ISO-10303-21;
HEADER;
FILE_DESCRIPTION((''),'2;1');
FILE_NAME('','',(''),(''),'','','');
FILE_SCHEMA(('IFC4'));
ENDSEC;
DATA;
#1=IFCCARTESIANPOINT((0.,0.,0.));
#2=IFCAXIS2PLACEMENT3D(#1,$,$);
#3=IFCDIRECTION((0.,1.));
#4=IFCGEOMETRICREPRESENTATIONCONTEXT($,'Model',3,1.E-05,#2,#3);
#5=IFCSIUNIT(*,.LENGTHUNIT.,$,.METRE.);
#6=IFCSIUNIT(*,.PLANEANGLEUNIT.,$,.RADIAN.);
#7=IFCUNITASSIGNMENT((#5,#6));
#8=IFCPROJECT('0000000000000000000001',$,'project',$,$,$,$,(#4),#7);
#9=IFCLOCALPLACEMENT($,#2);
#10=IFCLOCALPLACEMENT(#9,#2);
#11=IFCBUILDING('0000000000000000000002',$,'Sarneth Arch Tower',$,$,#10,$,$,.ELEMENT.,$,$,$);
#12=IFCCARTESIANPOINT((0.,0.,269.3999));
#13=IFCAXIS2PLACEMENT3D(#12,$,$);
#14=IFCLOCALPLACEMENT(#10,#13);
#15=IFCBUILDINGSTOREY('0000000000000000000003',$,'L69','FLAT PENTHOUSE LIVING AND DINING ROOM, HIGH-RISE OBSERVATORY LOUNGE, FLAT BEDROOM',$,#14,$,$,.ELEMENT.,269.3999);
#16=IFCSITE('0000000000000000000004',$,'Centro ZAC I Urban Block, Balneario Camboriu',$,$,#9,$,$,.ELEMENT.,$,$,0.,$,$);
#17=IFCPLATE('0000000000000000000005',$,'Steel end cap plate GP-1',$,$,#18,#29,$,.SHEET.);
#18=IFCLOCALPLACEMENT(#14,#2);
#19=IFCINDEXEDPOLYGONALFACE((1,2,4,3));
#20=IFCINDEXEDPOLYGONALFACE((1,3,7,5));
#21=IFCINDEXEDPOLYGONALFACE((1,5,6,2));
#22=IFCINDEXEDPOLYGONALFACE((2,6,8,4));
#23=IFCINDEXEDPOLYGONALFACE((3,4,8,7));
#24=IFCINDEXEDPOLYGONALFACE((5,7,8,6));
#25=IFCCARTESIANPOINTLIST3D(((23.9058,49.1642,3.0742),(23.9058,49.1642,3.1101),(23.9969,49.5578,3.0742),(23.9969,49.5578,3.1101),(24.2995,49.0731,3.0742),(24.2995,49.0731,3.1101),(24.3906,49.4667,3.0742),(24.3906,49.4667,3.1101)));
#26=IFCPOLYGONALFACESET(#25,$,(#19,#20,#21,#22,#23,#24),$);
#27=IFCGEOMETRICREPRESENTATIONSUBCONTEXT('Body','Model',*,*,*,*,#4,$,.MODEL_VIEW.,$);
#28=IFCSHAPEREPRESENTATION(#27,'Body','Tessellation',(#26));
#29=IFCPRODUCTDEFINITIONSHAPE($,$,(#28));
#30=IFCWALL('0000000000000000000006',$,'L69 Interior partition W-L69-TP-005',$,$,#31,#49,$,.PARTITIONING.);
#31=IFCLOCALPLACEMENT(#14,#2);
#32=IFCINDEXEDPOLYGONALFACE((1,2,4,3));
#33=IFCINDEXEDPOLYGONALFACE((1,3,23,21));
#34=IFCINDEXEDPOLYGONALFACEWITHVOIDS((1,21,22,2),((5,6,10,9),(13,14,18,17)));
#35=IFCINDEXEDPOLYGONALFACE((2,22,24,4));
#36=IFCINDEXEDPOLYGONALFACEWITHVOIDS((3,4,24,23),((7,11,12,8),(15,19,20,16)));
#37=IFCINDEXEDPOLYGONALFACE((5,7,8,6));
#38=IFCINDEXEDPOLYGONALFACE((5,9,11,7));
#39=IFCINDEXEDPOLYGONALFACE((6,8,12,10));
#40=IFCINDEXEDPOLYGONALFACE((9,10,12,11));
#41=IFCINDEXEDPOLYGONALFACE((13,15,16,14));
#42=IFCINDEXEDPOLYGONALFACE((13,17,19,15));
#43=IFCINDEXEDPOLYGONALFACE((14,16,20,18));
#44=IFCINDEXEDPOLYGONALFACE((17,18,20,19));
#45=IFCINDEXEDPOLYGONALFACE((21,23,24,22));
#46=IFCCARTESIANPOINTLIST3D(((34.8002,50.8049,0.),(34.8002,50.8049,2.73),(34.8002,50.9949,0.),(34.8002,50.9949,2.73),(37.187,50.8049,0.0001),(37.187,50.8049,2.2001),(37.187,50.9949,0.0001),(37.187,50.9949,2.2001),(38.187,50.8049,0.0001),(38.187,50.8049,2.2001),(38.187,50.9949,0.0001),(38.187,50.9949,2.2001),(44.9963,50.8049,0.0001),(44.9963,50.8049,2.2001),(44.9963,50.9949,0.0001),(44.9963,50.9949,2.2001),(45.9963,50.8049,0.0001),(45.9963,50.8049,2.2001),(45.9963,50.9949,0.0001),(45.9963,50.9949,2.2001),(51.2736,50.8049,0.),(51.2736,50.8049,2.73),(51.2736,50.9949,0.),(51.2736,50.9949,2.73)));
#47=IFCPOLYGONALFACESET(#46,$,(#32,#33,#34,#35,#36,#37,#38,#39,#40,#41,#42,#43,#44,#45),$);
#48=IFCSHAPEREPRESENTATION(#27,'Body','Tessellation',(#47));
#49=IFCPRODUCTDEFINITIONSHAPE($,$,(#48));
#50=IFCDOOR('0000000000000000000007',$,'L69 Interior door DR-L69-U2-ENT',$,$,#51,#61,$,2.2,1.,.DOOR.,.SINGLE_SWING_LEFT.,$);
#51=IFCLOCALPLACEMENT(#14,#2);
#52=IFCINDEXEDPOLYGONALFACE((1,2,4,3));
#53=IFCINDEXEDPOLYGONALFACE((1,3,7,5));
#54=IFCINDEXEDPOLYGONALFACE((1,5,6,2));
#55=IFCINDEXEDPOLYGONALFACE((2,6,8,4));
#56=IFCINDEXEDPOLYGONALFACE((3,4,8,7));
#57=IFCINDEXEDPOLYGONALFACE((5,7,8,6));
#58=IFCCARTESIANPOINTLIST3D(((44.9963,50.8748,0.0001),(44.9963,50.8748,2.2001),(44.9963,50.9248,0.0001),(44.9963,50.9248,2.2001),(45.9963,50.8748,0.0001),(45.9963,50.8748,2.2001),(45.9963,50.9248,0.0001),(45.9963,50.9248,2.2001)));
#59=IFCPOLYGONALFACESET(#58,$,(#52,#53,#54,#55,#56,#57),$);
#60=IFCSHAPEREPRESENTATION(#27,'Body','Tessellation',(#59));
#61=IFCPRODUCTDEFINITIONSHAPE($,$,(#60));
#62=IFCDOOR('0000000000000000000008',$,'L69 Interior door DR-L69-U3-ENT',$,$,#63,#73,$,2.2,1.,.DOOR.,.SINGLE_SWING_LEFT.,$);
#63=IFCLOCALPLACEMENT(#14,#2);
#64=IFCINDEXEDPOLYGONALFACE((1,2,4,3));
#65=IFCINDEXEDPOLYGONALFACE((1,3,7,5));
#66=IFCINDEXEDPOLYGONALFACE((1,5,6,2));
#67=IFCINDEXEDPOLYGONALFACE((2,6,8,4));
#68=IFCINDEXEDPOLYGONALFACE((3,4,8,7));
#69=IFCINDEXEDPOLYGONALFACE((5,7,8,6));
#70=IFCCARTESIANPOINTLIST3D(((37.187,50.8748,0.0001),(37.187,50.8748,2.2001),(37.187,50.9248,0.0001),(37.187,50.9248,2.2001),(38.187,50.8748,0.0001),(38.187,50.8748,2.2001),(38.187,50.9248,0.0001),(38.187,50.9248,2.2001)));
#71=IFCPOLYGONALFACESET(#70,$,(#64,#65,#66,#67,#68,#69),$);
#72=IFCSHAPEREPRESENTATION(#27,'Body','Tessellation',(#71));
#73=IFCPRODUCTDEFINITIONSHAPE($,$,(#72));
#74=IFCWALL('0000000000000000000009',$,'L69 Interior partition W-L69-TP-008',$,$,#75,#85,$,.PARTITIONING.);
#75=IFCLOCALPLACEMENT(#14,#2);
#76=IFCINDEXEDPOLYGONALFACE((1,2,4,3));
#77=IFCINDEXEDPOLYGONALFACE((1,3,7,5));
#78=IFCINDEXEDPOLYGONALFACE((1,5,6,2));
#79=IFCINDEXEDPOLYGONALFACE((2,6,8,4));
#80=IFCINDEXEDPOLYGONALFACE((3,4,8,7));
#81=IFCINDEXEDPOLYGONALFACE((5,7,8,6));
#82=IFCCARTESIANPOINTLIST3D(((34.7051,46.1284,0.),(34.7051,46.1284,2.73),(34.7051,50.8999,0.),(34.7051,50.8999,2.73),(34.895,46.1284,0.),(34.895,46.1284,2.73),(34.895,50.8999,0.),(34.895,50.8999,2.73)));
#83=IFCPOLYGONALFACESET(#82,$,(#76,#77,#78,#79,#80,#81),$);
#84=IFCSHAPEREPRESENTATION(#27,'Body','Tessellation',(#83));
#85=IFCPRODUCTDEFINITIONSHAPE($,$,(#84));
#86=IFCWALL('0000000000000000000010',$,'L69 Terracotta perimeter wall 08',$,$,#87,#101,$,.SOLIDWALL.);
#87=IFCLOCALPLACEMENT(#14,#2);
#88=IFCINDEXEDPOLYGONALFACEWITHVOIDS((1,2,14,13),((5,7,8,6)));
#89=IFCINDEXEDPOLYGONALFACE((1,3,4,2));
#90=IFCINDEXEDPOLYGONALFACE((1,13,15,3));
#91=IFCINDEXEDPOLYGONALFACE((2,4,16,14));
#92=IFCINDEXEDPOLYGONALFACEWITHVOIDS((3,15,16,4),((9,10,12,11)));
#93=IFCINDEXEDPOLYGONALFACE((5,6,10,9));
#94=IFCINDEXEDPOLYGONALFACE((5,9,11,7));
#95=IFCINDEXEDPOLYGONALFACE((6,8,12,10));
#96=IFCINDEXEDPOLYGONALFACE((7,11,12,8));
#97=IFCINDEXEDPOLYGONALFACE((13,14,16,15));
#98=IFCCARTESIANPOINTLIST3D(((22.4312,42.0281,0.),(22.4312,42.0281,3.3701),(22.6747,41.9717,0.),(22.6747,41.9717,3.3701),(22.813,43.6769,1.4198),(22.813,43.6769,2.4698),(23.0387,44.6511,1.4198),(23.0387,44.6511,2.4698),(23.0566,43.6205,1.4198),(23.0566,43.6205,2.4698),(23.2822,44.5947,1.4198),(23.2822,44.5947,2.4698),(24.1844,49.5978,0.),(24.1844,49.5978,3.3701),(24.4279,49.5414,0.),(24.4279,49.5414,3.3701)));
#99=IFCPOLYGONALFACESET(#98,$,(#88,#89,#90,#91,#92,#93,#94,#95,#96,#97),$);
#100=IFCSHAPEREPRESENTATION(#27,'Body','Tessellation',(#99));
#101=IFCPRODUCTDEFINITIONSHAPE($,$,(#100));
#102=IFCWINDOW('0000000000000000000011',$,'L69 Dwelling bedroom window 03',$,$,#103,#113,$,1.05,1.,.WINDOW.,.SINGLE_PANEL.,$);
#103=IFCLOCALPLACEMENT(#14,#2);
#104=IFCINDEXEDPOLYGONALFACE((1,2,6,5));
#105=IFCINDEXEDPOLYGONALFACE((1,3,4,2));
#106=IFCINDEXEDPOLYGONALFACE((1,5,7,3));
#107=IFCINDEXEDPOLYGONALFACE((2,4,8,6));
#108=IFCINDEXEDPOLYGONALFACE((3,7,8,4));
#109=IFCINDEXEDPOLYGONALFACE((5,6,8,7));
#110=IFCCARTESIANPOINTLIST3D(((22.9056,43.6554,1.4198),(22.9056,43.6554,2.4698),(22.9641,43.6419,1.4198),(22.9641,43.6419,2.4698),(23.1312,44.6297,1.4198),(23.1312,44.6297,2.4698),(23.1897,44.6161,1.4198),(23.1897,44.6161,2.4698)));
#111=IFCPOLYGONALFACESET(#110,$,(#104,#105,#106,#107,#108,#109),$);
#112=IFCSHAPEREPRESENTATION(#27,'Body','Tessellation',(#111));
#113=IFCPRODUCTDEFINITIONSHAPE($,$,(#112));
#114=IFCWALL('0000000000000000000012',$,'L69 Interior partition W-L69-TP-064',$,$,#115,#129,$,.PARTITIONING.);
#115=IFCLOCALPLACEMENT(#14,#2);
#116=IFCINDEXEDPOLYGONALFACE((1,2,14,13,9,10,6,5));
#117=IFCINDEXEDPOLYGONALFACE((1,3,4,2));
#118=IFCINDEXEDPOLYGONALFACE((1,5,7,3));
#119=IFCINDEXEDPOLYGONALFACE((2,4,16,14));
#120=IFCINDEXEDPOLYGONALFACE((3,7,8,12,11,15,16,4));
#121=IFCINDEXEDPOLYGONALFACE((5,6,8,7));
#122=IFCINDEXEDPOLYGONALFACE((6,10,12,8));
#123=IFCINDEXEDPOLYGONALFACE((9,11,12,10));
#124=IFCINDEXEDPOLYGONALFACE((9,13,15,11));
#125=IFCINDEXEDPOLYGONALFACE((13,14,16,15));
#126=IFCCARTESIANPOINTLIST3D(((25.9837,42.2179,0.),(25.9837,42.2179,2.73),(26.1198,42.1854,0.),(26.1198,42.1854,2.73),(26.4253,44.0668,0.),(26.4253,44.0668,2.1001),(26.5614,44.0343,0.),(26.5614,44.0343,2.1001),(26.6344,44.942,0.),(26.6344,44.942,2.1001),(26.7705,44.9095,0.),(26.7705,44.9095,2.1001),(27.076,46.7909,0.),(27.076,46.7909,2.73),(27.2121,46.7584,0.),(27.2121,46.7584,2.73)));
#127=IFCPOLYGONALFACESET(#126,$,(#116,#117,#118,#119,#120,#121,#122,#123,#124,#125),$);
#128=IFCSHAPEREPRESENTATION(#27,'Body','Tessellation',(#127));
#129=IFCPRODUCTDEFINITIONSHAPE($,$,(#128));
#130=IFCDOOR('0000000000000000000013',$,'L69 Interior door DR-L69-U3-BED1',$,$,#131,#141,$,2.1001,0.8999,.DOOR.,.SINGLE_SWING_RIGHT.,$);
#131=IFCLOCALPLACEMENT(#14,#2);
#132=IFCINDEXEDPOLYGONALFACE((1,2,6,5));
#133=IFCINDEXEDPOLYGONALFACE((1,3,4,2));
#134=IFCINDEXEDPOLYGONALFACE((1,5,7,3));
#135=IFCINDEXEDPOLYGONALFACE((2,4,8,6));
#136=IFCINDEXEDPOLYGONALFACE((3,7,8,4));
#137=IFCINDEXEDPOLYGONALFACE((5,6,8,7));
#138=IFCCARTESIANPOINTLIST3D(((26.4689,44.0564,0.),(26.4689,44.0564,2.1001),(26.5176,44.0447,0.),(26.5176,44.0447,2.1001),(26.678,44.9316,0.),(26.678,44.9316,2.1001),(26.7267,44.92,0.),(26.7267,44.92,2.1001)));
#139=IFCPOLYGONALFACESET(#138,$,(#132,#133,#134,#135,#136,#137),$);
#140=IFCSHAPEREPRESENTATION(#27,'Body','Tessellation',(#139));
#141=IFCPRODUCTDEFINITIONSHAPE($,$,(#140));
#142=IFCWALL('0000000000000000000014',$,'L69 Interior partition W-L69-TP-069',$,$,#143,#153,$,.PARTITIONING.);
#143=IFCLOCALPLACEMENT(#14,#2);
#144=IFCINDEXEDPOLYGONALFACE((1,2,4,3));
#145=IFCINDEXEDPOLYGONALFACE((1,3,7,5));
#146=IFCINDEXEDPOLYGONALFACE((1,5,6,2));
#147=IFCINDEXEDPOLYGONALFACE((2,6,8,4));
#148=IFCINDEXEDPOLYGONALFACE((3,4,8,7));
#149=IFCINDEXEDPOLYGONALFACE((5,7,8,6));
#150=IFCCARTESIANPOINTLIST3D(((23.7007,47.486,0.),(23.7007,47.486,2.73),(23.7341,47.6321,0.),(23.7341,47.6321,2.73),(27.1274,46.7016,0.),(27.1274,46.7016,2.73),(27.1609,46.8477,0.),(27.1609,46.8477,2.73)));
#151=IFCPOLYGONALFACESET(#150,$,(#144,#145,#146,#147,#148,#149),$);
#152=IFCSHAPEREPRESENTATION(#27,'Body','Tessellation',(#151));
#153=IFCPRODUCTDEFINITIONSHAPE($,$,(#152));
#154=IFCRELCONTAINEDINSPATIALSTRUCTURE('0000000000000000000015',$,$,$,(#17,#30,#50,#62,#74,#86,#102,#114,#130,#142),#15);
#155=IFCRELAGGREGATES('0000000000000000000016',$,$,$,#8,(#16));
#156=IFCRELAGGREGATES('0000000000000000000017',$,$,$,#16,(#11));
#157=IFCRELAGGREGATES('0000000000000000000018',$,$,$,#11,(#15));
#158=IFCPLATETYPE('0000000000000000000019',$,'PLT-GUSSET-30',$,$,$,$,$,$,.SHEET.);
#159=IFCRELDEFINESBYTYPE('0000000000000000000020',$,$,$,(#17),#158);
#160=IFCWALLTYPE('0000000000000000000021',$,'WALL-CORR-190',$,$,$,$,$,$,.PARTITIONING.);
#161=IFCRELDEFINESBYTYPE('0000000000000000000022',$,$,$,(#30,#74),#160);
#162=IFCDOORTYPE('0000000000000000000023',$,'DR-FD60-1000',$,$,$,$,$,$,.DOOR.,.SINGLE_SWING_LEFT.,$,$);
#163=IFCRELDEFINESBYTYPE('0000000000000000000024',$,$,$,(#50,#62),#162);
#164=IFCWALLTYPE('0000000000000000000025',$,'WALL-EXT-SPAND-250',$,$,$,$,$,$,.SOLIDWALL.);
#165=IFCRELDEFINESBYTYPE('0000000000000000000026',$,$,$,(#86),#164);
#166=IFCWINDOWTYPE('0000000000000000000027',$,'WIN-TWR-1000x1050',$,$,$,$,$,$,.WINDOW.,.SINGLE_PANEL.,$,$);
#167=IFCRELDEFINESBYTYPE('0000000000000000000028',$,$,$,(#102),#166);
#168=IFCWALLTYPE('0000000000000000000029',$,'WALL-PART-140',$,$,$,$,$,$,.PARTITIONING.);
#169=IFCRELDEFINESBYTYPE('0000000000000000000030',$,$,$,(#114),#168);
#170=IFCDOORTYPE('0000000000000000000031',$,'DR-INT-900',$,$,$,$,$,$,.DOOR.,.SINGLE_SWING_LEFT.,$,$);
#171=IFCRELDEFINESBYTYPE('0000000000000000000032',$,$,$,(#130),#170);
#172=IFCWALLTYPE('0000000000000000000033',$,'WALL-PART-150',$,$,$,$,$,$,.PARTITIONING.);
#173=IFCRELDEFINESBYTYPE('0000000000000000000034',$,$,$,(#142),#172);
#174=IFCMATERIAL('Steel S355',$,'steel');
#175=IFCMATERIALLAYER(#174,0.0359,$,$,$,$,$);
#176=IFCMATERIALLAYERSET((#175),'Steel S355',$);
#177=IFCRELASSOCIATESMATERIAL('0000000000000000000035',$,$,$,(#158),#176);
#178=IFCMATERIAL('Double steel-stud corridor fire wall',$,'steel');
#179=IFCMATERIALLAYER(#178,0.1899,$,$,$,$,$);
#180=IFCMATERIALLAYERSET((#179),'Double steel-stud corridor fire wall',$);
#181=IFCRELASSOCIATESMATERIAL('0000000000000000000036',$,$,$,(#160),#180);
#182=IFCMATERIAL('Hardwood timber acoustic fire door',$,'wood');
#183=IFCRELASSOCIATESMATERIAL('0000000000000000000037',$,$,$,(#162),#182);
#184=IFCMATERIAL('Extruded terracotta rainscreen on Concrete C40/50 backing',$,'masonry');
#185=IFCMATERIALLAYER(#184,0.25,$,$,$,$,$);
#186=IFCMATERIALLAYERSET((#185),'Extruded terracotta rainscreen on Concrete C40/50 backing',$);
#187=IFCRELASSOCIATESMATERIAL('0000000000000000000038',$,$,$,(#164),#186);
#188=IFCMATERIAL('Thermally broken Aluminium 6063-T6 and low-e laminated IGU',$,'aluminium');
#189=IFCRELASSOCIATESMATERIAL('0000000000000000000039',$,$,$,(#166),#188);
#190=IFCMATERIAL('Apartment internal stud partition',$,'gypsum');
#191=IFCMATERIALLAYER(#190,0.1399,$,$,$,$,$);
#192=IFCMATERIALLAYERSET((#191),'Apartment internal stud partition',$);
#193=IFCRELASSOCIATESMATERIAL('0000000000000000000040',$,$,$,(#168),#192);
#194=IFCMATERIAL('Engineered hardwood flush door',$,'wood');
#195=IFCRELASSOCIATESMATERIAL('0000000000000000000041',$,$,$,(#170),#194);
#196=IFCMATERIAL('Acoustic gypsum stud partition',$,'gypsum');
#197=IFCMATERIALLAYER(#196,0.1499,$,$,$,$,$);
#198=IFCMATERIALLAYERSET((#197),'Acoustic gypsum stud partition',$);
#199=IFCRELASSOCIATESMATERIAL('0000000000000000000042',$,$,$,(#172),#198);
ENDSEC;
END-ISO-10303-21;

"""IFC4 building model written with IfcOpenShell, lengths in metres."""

from ifc_helpers import new_model, si_unit, direction, frame, frame_2d, origin, origin_2d, place, context, subcontext, project, spatial, rectangle, extrude, material, layer, layer_set, type_object, element, fill, save


model = new_model("IFC4")

# Units and contexts
model_context = context("Model", 3, precision=1e-05, world=origin(), true_north=direction((0.0, 1.0)))
body_context = subcontext(model_context, "Body", "Model", "MODEL_VIEW")
ifc_project = project(units=[si_unit("LENGTHUNIT", "METRE"), si_unit("PLANEANGLEUNIT", "RADIAN")], contexts=[model_context])

# Site, building, storey
site_placement = place(None, origin())
site = spatial("IfcSite", under=ifc_project, at=site_placement, Name="Centro ZAC I Urban Block, Balneario Camboriu", CompositionType="ELEMENT", RefElevation=0.0)
building_placement = place(site_placement, origin())
building = spatial("IfcBuilding", under=site, at=building_placement, Name="Sarneth Arch Tower", CompositionType="ELEMENT")
storey_placement = place(building_placement, frame((0.0, 0.0, 269.3999)))
storey = spatial("IfcBuildingStorey", under=building, at=storey_placement, Name="L69", Description="FLAT PENTHOUSE LIVING AND DINING ROOM, HIGH-RISE OBSERVATORY LOUNGE, FLAT BEDROOM", CompositionType="ELEMENT", Elevation=269.3999)

# Plate
ifc_material_1 = material(Name="Steel S355", Category="steel")
ifc_layer_1 = layer(ifc_material_1, 0.0359)
ifc_layer_set_1 = layer_set([ifc_layer_1], Name="Steel S355")
plate_type = type_object("IfcPlateType", Name="PLT-GUSSET-30", PredefinedType="SHEET", material=ifc_layer_set_1)
for number, where, z_axis, x_axis, name in (
    (1, (24.1482, 49.3154, 3.0742), (0.0, 0.0, 1.0), (-0.225461, -0.974252, 0.0), "Steel end cap plate GP-1"),
):
    element("IfcPlate", number, at=place(storey_placement, frame(where, z_axis=z_axis, x_axis=x_axis)), inside=storey, type_object=plate_type, Name=name, PredefinedType="SHEET", context=body_context, shape_type="SweptSolid", body=[
        extrude(rectangle(XDim=0.4041, YDim=0.4041, at=origin_2d()), origin(), (0.0, 0.0, 1.0), 0.0359),
    ])

# Wall, openings, doors
ifc_material_2 = material(Name="Double steel-stud corridor fire wall", Category="steel")
ifc_layer_2 = layer(ifc_material_2, 0.1899)
ifc_layer_set_2 = layer_set([ifc_layer_2], Name="Double steel-stud corridor fire wall")
wall_type_1 = type_object("IfcWallType", Name="WALL-CORR-190", PredefinedType="PARTITIONING", material=ifc_layer_set_2)
wall_1_placement = place(storey_placement, frame((34.8, 50.8999, 0.0), z_axis=(0.0, 0.0, 1.0), x_axis=(1.0, 0.0, 0.0)))
wall_1 = element("IfcWall", 2, at=wall_1_placement, inside=storey, type_object=wall_type_1, Name="L69 Interior partition W-L69-TP-005", PredefinedType="PARTITIONING", context=body_context, shape_type="SweptSolid", body=[
    extrude(rectangle(XDim=16.4734, YDim=0.1899, at=frame_2d((8.2368, 0.0))), origin(), (0.0, 0.0, 1.0), 2.73),
])
opening_1_placement = place(wall_1_placement, frame((10.1963, 0.0, 0.0)))
opening_1 = element("IfcOpeningElement", 3, at=opening_1_placement, cuts=wall_1, PredefinedType="OPENING", context=body_context, shape_type="SweptSolid", body=[
    extrude(rectangle(XDim=1.0, YDim=2.2, at=frame_2d((0.5, 1.1001))), frame((0.0, 0.105, 0.0), z_axis=(0.0, -1.0, 0.0), x_axis=(1.0, 0.0, 0.0)), (0.0, 0.0, 1.0), 0.21),
])
opening_2_placement = place(wall_1_placement, frame((2.387, 0.0, 0.0)))
opening_2 = element("IfcOpeningElement", 4, at=opening_2_placement, cuts=wall_1, PredefinedType="OPENING", context=body_context, shape_type="SweptSolid", body=[
    extrude(rectangle(XDim=1.0, YDim=2.2, at=frame_2d((0.5, 1.1001))), frame((0.0, 0.105, 0.0), z_axis=(0.0, -1.0, 0.0), x_axis=(1.0, 0.0, 0.0)), (0.0, 0.0, 1.0), 0.21),
])
ifc_material_3 = material(Name="Hardwood timber acoustic fire door", Category="wood")
door_type_1 = type_object("IfcDoorType", Name="DR-FD60-1000", OperationType="SINGLE_SWING_LEFT", PredefinedType="DOOR", material=ifc_material_3)
door_1_placement = place(opening_1_placement, origin())
door_1 = element("IfcDoor", 5, at=door_1_placement, inside=storey, type_object=door_type_1, Name="L69 Interior door DR-L69-U2-ENT", OperationType="SINGLE_SWING_LEFT", OverallHeight=2.2, OverallWidth=1.0, PredefinedType="DOOR", context=body_context, shape_type="SweptSolid", body=[
    extrude(rectangle(XDim=1.0, YDim=2.2, at=frame_2d((0.5, 1.1001))), frame((0.0, 0.0249, 0.0), z_axis=(0.0, -1.0, 0.0), x_axis=(1.0, 0.0, 0.0)), (0.0, 0.0, 1.0), 0.05),
])
fill(opening_1, door_1)
door_2_placement = place(opening_2_placement, origin())
door_2 = element("IfcDoor", 6, at=door_2_placement, inside=storey, type_object=door_type_1, Name="L69 Interior door DR-L69-U3-ENT", OperationType="SINGLE_SWING_LEFT", OverallHeight=2.2, OverallWidth=1.0, PredefinedType="DOOR", context=body_context, shape_type="SweptSolid", body=[
    extrude(rectangle(XDim=1.0, YDim=2.2, at=frame_2d((0.5, 1.1001))), frame((0.0, 0.0249, 0.0), z_axis=(0.0, -1.0, 0.0), x_axis=(1.0, 0.0, 0.0)), (0.0, 0.0, 1.0), 0.05),
])
fill(opening_2, door_2)

# Wall
wall_2_placement = place(storey_placement, frame((34.8, 46.1284, 0.0), z_axis=(0.0, 0.0, 1.0), x_axis=(0.0, 1.0, 0.0)))
element("IfcWall", 7, at=wall_2_placement, inside=storey, type_object=wall_type_1, Name="L69 Interior partition W-L69-TP-008", PredefinedType="PARTITIONING", context=body_context, shape_type="SweptSolid", body=[
    extrude(rectangle(XDim=4.7715, YDim=0.1899, at=frame_2d((2.3857, 0.0))), origin(), (0.0, 0.0, 1.0), 2.73),
])

# Wall, opening, window
ifc_material_4 = material(Name="Extruded terracotta rainscreen on Concrete C40/50 backing", Category="masonry")
ifc_layer_3 = layer(ifc_material_4, 0.25)
ifc_layer_set_3 = layer_set([ifc_layer_3], Name="Extruded terracotta rainscreen on Concrete C40/50 backing")
wall_type_2 = type_object("IfcWallType", Name="WALL-EXT-SPAND-250", PredefinedType="SOLIDWALL", material=ifc_layer_set_3)
wall_3_placement = place(storey_placement, frame((24.3062, 49.5696, 0.0), z_axis=(0.0, 0.0, 1.0), x_axis=(-0.225635, -0.974212, 0.0)))
wall_3 = element("IfcWall", 8, at=wall_3_placement, inside=storey, type_object=wall_type_2, Name="L69 Terracotta perimeter wall 08", PredefinedType="SOLIDWALL", context=body_context, shape_type="SweptSolid", body=[
    extrude(rectangle(XDim=7.77, YDim=0.25, at=frame_2d((3.885, 0.0))), origin(), (0.0, 0.0, 1.0), 3.3701),
])
opening_3_placement = place(wall_3_placement, frame((5.0776, 0.0, 1.4199)))
opening_3 = element("IfcOpeningElement", 9, at=opening_3_placement, cuts=wall_3, PredefinedType="OPENING", context=body_context, shape_type="SweptSolid", body=[
    extrude(rectangle(XDim=1.0, YDim=1.05, at=frame_2d((0.5, 0.5249))), frame((0.0, 0.135, 0.0), z_axis=(0.0, -1.0, 0.0), x_axis=(1.0, 0.0, 0.0)), (0.0, 0.0, 1.0), 0.27),
])
ifc_material_5 = material(Name="Thermally broken Aluminium 6063-T6 and low-e laminated IGU", Category="aluminium")
window_type = type_object("IfcWindowType", Name="WIN-TWR-1000x1050", PartitioningType="SINGLE_PANEL", PredefinedType="WINDOW", material=ifc_material_5)
window_placement = place(opening_3_placement, origin())
window = element("IfcWindow", 10, at=window_placement, inside=storey, type_object=window_type, Name="L69 Dwelling bedroom window 03", OverallHeight=1.05, OverallWidth=1.0, PartitioningType="SINGLE_PANEL", PredefinedType="WINDOW", context=body_context, shape_type="SweptSolid", body=[
    extrude(rectangle(XDim=1.0, YDim=1.05, at=frame_2d((0.5, 0.5249))), frame((0.0, 0.03, 0.0), z_axis=(0.0, -1.0, 0.0), x_axis=(1.0, 0.0, 0.0)), (0.0, 0.0, 1.0), 0.0601),
])
fill(opening_3, window)

# Wall, opening, door
ifc_material_6 = material(Name="Apartment internal stud partition", Category="gypsum")
ifc_layer_4 = layer(ifc_material_6, 0.1399)
ifc_layer_set_4 = layer_set([ifc_layer_4], Name="Apartment internal stud partition")
wall_type_3 = type_object("IfcWallType", Name="WALL-PART-140", PredefinedType="PARTITIONING", material=ifc_layer_set_4)
wall_4_placement = place(storey_placement, frame((27.144, 46.7747, 0.0), z_axis=(0.0, 0.0, 1.0), x_axis=(-0.23232, -0.972639, 0.0)))
wall_4 = element("IfcWall", 11, at=wall_4_placement, inside=storey, type_object=wall_type_3, Name="L69 Interior partition W-L69-TP-064", PredefinedType="PARTITIONING", context=body_context, shape_type="SweptSolid", body=[
    extrude(rectangle(XDim=4.7017, YDim=0.1399, at=frame_2d((2.3508, 0.0))), origin(), (0.0, 0.0, 1.0), 2.73),
])
opening_4_placement = place(wall_4_placement, frame((1.9009, 0.0, 0.0)))
opening_4 = element("IfcOpeningElement", 12, at=opening_4_placement, cuts=wall_4, PredefinedType="OPENING", context=body_context, shape_type="SweptSolid", body=[
    extrude(rectangle(XDim=0.8999, YDim=2.1001, at=frame_2d((0.45, 1.05))), frame((0.0, 0.0798, 0.0), z_axis=(0.0, -1.0, 0.0), x_axis=(1.0, 0.0, 0.0)), (0.0, 0.0, 1.0), 0.1599),
])
ifc_material_7 = material(Name="Engineered hardwood flush door", Category="wood")
door_type_2 = type_object("IfcDoorType", Name="DR-INT-900", OperationType="SINGLE_SWING_LEFT", PredefinedType="DOOR", material=ifc_material_7)
door_3_placement = place(opening_4_placement, origin())
door_3 = element("IfcDoor", 13, at=door_3_placement, inside=storey, type_object=door_type_2, Name="L69 Interior door DR-L69-U3-BED1", OperationType="SINGLE_SWING_RIGHT", OverallHeight=2.1001, OverallWidth=0.8999, PredefinedType="DOOR", context=body_context, shape_type="SweptSolid", body=[
    extrude(rectangle(XDim=0.8999, YDim=2.1001, at=frame_2d((0.45, 1.05))), frame((0.0, 0.0249, 0.0), z_axis=(0.0, -1.0, 0.0), x_axis=(1.0, 0.0, 0.0)), (0.0, 0.0, 1.0), 0.05),
])
fill(opening_4, door_3)

# Wall
ifc_material_8 = material(Name="Acoustic gypsum stud partition", Category="gypsum")
ifc_layer_5 = layer(ifc_material_8, 0.1499)
ifc_layer_set_5 = layer_set([ifc_layer_5], Name="Acoustic gypsum stud partition")
wall_type_4 = type_object("IfcWallType", Name="WALL-PART-150", PredefinedType="PARTITIONING", material=ifc_layer_set_5)
wall_5_placement = place(storey_placement, frame((23.7173, 47.5591, 0.0), z_axis=(0.0, 0.0, 1.0), x_axis=(0.974786, -0.22314, 0.0)))
element("IfcWall", 14, at=wall_5_placement, inside=storey, type_object=wall_type_4, Name="L69 Interior partition W-L69-TP-069", PredefinedType="PARTITIONING", context=body_context, shape_type="SweptSolid", body=[
    extrude(rectangle(XDim=3.5154, YDim=0.1499, at=frame_2d((1.7578, 0.0))), origin(), (0.0, 0.0, 1.0), 2.73),
])

save(model, "model.ifc")
